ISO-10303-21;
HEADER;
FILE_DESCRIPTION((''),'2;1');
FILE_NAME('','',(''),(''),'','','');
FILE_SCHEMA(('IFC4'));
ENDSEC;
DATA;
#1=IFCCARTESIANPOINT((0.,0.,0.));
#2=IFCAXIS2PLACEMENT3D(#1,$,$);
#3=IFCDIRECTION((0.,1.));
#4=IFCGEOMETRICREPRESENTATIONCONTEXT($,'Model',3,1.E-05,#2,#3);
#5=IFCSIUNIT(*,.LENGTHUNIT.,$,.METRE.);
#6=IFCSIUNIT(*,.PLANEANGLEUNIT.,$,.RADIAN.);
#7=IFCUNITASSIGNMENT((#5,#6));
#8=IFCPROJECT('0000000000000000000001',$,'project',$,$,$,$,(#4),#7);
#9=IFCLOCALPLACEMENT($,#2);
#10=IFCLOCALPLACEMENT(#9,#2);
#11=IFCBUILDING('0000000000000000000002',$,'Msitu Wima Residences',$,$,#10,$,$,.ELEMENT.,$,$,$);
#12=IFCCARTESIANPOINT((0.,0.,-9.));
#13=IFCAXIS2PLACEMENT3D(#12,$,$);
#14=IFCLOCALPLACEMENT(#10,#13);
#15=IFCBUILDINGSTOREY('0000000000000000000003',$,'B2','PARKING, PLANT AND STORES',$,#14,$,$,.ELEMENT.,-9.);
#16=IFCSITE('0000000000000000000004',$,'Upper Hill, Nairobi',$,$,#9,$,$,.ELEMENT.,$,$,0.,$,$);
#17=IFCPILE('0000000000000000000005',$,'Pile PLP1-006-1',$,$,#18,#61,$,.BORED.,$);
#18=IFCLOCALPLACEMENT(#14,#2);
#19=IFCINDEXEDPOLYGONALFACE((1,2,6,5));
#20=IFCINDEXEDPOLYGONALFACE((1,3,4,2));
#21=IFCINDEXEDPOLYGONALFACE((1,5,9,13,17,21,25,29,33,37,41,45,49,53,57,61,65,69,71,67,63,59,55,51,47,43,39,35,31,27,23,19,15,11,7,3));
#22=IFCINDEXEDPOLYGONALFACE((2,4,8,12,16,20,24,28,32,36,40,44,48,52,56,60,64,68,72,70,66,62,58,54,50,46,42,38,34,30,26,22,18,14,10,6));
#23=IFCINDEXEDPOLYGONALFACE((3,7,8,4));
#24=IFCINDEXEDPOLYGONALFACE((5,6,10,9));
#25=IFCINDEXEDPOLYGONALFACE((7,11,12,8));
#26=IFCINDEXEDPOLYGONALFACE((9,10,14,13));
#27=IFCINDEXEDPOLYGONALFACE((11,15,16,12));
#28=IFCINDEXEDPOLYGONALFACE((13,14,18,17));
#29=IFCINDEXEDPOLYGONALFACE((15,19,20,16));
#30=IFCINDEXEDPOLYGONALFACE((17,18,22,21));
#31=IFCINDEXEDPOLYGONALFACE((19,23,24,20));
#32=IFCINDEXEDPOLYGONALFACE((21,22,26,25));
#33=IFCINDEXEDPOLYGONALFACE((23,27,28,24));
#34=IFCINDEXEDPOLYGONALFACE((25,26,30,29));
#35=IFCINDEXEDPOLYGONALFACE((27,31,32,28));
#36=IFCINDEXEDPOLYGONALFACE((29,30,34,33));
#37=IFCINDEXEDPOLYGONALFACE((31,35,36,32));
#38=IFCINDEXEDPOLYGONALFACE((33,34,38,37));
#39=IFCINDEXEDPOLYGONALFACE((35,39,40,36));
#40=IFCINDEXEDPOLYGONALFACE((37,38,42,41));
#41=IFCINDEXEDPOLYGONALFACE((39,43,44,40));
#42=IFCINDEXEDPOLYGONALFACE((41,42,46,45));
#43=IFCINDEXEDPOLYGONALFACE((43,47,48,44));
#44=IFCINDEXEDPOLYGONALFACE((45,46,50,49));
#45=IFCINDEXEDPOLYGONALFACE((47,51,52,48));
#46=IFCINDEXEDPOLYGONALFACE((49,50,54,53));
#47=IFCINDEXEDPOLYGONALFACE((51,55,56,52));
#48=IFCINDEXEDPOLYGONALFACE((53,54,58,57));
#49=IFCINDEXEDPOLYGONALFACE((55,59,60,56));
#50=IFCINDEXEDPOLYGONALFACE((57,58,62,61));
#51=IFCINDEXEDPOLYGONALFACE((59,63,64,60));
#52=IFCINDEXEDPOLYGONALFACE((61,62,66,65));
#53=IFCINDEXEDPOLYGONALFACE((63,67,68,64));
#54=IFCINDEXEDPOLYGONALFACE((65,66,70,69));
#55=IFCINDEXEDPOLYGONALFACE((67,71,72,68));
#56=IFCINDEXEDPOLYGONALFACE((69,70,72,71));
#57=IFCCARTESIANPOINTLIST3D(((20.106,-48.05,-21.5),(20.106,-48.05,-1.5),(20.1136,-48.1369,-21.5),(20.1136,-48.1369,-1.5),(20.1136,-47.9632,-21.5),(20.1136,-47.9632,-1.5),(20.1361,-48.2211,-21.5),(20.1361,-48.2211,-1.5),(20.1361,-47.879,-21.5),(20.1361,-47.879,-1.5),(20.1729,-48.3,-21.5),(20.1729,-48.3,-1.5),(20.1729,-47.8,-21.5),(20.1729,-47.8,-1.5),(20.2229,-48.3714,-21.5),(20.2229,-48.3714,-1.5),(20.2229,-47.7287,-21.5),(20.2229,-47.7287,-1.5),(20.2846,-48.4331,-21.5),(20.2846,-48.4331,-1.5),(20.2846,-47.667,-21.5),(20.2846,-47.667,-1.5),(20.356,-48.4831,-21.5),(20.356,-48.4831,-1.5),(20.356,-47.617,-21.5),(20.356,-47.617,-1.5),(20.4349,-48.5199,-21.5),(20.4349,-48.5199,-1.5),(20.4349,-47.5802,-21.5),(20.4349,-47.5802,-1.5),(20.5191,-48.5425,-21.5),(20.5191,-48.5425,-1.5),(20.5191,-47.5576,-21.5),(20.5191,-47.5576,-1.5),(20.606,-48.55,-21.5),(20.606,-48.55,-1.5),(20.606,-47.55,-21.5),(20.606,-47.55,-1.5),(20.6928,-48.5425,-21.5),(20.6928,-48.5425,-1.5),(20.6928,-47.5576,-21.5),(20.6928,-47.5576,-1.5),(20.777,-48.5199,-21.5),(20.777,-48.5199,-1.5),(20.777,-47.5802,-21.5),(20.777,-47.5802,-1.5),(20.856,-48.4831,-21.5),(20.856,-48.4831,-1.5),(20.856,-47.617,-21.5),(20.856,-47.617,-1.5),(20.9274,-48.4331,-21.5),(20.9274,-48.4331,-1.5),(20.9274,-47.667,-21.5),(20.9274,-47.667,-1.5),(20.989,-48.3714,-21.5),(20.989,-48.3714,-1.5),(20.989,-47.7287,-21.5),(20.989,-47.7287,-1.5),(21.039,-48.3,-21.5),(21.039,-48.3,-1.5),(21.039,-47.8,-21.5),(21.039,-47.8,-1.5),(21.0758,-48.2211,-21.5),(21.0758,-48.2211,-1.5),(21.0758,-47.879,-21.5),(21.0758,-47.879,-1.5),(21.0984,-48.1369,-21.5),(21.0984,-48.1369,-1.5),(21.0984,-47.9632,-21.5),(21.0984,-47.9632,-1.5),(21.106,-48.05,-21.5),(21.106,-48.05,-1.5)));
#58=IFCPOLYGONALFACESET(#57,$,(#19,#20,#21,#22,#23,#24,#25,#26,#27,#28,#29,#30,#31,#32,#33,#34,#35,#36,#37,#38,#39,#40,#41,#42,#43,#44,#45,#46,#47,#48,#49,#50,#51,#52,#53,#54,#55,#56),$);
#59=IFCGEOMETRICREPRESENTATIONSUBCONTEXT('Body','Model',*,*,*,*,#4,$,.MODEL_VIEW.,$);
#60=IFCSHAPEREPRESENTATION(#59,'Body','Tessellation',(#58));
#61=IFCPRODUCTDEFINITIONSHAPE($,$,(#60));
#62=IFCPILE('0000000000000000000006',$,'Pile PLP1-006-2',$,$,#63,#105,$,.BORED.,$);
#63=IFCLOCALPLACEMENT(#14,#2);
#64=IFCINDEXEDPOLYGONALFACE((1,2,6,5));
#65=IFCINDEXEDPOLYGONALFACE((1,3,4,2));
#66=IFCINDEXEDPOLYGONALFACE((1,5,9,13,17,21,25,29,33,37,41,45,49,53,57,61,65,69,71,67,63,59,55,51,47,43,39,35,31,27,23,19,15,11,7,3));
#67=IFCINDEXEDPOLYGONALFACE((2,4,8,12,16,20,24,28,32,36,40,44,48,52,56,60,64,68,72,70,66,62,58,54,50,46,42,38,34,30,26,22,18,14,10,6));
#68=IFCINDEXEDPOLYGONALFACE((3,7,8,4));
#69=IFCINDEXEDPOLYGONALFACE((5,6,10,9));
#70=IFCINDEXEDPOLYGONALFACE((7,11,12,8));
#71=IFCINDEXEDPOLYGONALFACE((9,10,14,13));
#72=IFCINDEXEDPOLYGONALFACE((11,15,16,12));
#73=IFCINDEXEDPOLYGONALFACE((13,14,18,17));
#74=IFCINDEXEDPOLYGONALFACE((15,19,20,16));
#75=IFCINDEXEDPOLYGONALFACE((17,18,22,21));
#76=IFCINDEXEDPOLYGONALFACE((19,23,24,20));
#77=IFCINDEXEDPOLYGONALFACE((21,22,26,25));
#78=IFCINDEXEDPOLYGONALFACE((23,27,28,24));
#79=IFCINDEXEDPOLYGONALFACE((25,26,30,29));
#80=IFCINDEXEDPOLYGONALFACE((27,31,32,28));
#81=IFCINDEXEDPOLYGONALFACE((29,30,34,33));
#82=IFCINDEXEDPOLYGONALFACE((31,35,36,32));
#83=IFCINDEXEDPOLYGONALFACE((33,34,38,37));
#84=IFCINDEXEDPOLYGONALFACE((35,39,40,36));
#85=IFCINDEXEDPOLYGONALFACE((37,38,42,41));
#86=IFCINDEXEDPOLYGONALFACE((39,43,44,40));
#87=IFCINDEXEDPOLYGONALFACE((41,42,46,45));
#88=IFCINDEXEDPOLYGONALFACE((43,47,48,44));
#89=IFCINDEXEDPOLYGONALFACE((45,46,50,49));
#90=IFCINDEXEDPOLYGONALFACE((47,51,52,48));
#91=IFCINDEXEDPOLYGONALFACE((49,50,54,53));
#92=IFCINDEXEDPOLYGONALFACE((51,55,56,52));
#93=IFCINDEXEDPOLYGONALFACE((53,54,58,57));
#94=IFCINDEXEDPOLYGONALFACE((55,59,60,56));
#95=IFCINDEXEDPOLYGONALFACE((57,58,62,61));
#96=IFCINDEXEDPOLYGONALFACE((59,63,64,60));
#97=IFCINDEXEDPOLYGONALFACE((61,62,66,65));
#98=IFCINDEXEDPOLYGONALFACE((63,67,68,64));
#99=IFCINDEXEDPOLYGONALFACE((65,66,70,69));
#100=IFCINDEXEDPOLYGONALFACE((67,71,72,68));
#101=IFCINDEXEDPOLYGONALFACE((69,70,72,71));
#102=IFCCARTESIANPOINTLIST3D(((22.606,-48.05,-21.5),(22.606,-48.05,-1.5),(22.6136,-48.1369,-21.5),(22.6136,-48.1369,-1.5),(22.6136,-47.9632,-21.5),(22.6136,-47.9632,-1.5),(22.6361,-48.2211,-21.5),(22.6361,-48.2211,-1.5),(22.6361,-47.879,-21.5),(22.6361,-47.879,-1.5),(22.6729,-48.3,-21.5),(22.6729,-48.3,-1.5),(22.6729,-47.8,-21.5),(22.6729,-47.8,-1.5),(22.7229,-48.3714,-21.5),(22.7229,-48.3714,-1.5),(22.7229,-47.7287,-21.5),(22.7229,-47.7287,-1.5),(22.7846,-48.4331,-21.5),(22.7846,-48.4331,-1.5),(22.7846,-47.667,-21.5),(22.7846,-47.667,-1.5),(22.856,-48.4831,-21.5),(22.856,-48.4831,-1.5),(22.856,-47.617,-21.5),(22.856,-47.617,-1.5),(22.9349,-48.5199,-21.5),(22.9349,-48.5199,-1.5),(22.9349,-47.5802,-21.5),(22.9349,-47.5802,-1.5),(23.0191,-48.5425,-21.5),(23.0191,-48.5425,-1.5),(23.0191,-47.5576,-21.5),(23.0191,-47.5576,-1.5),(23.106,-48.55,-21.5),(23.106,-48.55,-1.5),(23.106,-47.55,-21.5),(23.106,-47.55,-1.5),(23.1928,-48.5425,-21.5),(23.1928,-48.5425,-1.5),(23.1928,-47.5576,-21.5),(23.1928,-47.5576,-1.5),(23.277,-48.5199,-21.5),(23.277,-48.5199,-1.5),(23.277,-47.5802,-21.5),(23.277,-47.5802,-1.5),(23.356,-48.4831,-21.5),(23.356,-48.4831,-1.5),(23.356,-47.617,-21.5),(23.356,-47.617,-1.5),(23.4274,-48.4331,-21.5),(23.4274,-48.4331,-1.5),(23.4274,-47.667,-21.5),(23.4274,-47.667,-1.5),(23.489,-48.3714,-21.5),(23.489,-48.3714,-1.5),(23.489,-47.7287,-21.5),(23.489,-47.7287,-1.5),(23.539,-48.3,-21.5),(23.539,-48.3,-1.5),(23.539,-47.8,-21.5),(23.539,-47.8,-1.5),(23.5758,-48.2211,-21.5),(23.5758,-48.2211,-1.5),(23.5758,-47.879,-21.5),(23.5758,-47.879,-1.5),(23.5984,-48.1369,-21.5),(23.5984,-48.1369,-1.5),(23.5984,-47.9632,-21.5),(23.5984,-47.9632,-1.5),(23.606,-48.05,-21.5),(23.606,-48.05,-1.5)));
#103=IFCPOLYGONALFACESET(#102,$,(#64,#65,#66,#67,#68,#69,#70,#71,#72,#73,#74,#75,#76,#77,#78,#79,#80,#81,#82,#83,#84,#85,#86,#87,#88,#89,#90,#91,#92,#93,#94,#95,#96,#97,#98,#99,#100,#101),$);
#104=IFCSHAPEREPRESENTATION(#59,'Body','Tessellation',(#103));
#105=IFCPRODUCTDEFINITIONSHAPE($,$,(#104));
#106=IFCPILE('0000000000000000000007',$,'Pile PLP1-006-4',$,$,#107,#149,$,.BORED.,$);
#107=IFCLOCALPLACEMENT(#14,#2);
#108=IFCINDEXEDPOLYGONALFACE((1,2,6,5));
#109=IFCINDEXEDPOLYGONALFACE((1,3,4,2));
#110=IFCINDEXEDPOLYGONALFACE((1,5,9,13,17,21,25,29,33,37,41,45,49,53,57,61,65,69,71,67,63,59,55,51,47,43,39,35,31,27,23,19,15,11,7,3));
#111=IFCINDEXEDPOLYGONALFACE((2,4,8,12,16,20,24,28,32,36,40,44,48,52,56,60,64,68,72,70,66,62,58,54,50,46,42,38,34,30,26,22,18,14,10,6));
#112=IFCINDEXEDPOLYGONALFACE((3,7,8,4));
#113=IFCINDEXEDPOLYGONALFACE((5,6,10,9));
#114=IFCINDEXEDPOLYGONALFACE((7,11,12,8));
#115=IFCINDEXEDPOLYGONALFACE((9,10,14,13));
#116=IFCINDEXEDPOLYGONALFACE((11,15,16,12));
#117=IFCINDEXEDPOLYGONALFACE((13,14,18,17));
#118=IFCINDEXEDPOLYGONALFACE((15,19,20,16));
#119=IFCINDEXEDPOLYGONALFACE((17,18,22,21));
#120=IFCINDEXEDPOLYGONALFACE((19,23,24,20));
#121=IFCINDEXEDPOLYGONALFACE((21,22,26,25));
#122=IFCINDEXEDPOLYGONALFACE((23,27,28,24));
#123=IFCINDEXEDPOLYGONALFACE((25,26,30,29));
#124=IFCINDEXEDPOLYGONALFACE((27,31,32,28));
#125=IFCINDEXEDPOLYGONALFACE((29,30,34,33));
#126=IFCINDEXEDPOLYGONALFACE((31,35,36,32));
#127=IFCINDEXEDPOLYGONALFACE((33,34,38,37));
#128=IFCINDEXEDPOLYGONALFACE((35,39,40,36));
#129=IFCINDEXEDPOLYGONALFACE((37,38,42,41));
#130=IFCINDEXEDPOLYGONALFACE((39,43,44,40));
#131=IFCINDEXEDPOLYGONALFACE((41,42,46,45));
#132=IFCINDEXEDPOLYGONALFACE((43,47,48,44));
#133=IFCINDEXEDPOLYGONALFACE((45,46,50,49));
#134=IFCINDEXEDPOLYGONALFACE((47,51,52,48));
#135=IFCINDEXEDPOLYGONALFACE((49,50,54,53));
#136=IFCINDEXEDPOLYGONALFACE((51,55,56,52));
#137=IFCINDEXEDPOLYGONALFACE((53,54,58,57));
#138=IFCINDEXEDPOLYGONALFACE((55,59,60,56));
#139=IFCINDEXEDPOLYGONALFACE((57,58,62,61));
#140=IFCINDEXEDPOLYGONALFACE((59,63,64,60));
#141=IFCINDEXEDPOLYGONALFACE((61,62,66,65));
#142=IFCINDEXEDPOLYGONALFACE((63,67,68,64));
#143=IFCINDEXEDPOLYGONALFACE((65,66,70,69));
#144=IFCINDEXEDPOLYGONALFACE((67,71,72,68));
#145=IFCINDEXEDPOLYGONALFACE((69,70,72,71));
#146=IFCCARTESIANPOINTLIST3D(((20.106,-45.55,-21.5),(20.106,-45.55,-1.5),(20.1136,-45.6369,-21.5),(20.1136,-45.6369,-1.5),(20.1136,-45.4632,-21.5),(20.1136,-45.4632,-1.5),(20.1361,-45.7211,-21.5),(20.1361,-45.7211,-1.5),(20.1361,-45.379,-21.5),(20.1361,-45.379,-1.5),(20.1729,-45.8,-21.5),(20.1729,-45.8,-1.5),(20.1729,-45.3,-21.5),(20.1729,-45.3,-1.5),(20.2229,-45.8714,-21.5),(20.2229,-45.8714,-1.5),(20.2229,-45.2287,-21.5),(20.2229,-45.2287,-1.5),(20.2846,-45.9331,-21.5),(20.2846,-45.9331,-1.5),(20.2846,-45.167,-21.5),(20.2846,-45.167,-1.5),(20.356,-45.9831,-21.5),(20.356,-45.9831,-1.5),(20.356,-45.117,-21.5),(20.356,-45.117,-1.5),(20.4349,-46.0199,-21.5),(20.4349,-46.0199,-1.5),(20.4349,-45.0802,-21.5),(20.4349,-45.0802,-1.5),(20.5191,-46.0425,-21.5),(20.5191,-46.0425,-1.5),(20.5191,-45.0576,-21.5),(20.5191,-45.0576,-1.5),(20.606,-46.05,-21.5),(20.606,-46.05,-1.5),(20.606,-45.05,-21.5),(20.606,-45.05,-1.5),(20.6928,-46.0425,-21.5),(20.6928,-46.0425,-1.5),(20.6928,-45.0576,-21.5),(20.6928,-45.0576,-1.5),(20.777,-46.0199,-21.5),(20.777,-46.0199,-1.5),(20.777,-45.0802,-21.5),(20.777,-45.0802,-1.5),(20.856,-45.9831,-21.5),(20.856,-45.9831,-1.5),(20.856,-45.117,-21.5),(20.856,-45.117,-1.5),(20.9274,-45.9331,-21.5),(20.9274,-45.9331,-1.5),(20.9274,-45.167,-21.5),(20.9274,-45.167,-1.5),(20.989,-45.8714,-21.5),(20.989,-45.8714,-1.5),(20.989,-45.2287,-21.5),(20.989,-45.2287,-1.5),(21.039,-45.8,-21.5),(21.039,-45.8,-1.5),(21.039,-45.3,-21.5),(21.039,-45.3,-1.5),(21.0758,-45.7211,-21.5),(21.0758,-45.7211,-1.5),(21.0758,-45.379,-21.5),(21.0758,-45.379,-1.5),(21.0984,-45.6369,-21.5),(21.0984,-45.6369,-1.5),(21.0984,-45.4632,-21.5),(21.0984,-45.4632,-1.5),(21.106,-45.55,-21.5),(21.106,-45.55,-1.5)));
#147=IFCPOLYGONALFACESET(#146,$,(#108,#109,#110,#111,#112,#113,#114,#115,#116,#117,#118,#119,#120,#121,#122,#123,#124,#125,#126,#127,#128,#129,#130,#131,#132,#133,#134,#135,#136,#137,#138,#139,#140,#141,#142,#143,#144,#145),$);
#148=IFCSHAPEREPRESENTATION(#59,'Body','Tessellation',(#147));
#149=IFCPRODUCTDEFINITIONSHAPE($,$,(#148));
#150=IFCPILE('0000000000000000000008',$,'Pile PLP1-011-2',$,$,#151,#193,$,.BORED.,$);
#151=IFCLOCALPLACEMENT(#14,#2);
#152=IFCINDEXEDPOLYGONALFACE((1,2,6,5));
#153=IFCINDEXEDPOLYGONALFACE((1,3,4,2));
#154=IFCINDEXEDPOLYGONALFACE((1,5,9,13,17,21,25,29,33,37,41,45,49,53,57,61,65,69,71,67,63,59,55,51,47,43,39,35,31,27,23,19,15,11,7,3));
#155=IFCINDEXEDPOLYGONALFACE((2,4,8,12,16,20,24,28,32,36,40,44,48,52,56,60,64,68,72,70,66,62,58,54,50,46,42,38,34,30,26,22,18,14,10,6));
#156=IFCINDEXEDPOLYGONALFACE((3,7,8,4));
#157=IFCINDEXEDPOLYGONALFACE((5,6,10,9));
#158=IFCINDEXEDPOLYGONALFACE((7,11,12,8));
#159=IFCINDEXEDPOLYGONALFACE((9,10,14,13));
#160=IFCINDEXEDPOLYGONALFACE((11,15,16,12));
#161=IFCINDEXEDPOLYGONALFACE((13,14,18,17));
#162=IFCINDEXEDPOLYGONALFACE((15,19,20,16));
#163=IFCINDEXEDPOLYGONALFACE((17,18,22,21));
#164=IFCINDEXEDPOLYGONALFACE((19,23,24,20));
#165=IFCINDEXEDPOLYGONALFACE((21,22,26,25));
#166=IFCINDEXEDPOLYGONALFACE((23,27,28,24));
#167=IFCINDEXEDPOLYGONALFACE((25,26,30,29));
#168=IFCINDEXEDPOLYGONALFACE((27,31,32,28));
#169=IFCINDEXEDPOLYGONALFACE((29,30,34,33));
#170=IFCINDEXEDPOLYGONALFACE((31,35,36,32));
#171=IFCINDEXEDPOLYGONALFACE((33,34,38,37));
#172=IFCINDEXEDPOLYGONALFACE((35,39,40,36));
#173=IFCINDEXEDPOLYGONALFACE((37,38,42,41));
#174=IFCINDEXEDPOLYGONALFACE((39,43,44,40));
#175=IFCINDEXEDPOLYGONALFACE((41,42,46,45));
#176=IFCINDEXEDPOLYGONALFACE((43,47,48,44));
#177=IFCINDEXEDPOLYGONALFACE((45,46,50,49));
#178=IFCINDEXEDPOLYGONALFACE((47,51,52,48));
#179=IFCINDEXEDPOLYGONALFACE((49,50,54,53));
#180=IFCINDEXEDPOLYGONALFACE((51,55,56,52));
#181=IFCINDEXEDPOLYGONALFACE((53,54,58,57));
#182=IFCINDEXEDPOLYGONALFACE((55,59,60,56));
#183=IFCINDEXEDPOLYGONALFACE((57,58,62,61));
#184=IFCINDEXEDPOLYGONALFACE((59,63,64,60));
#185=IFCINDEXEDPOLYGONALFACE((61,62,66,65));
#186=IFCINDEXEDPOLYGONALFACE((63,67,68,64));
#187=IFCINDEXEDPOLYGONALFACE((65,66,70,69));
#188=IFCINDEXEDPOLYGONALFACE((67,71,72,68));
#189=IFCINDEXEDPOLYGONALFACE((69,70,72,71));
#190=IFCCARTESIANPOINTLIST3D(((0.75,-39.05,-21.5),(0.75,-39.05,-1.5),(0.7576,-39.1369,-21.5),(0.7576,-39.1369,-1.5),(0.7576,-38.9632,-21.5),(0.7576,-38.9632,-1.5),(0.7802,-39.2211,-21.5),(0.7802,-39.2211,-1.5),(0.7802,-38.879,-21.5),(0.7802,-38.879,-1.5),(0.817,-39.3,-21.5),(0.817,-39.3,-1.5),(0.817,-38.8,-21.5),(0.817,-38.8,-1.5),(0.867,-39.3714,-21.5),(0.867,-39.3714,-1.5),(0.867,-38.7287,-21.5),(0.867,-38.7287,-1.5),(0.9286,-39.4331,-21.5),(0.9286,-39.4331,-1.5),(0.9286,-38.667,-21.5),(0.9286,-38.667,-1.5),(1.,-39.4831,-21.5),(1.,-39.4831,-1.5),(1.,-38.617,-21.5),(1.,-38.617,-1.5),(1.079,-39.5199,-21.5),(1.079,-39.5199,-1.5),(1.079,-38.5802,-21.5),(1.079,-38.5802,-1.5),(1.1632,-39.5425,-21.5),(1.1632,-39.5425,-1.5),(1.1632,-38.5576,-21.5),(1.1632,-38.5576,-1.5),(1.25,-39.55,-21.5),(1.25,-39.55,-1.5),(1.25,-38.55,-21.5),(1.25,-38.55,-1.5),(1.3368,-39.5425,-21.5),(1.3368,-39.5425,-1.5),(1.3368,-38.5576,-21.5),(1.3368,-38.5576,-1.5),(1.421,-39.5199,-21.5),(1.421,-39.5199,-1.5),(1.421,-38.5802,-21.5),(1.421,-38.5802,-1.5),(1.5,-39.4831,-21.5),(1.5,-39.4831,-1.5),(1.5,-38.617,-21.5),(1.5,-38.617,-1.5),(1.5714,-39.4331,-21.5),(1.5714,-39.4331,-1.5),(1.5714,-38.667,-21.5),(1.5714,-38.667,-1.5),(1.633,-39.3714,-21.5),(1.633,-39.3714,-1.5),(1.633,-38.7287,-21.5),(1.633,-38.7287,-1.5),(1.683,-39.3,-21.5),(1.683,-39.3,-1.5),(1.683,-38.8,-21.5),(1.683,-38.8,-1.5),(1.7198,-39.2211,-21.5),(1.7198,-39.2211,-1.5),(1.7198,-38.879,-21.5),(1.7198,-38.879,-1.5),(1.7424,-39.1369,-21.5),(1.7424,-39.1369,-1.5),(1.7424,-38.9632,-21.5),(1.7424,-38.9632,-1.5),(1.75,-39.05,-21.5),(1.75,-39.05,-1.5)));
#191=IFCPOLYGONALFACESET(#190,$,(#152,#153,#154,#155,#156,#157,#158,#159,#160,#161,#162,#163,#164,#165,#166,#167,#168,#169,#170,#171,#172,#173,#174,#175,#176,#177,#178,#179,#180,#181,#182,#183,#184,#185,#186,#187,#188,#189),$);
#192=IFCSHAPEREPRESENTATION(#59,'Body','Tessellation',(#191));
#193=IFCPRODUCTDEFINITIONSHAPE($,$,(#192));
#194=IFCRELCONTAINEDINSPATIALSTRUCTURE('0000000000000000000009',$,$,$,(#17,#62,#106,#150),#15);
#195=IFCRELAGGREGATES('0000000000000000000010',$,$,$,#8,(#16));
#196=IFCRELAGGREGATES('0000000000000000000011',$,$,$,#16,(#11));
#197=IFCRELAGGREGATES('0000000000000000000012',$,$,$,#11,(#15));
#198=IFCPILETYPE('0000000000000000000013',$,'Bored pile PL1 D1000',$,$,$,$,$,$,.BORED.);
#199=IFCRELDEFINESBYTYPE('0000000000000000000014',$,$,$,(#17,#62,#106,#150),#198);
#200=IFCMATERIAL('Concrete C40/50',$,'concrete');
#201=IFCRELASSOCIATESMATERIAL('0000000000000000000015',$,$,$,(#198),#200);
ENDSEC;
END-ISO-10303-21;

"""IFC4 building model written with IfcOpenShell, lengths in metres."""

from ifc_helpers import new_model, si_unit, direction, frame, origin, origin_2d, place, context, subcontext, project, spatial, circle, extrude, material, type_object, element, save


model = new_model("IFC4")

# Units and contexts
model_context = context("Model", 3, precision=1e-05, world=origin(), true_north=direction((0.0, 1.0)))
body_context = subcontext(model_context, "Body", "Model", "MODEL_VIEW")
ifc_project = project(units=[si_unit("LENGTHUNIT", "METRE"), si_unit("PLANEANGLEUNIT", "RADIAN")], contexts=[model_context])

# Site, building, storey
site_placement = place(None, origin())
site = spatial("IfcSite", under=ifc_project, at=site_placement, Name="Upper Hill, Nairobi", CompositionType="ELEMENT", RefElevation=0.0)
building_placement = place(site_placement, origin())
building = spatial("IfcBuilding", under=site, at=building_placement, Name="Msitu Wima Residences", CompositionType="ELEMENT")
storey_placement = place(building_placement, frame((0.0, 0.0, -9.0)))
storey = spatial("IfcBuildingStorey", under=building, at=storey_placement, Name="B2", Description="PARKING, PLANT AND STORES", CompositionType="ELEMENT", Elevation=-9.0)

# Piles
ifc_material_1 = material(Name="Concrete C40/50", Category="concrete")
pile_type = type_object("IfcPileType", Name="Bored pile PL1 D1000", PredefinedType="BORED", material=ifc_material_1)
for number, where, z_axis, x_axis, name in (
    (1, (20.606, -48.05, -1.5), (0.0, 0.0, -1.0), (1.0, 0.0, 0.0), "Pile PLP1-006-1"),
    (2, (23.106, -48.05, -1.5), (0.0, 0.0, -1.0), (1.0, 0.0, 0.0), "Pile PLP1-006-2"),
    (3, (20.606, -45.55, -1.5), (0.0, 0.0, -1.0), (1.0, 0.0, 0.0), "Pile PLP1-006-4"),
    (4, (1.25, -39.05, -1.5), (0.0, 0.0, -1.0), (1.0, 0.0, 0.0), "Pile PLP1-011-2"),
):
    element("IfcPile", number, at=place(storey_placement, frame(where, z_axis=z_axis, x_axis=x_axis)), inside=storey, type_object=pile_type, Name=name, PredefinedType="BORED", context=body_context, shape_type="SweptSolid", body=[
        extrude(circle(Radius=0.5, at=origin_2d()), origin(), (0.0, 0.0, 1.0), 20.0),
    ])

save(model, "model.ifc")
